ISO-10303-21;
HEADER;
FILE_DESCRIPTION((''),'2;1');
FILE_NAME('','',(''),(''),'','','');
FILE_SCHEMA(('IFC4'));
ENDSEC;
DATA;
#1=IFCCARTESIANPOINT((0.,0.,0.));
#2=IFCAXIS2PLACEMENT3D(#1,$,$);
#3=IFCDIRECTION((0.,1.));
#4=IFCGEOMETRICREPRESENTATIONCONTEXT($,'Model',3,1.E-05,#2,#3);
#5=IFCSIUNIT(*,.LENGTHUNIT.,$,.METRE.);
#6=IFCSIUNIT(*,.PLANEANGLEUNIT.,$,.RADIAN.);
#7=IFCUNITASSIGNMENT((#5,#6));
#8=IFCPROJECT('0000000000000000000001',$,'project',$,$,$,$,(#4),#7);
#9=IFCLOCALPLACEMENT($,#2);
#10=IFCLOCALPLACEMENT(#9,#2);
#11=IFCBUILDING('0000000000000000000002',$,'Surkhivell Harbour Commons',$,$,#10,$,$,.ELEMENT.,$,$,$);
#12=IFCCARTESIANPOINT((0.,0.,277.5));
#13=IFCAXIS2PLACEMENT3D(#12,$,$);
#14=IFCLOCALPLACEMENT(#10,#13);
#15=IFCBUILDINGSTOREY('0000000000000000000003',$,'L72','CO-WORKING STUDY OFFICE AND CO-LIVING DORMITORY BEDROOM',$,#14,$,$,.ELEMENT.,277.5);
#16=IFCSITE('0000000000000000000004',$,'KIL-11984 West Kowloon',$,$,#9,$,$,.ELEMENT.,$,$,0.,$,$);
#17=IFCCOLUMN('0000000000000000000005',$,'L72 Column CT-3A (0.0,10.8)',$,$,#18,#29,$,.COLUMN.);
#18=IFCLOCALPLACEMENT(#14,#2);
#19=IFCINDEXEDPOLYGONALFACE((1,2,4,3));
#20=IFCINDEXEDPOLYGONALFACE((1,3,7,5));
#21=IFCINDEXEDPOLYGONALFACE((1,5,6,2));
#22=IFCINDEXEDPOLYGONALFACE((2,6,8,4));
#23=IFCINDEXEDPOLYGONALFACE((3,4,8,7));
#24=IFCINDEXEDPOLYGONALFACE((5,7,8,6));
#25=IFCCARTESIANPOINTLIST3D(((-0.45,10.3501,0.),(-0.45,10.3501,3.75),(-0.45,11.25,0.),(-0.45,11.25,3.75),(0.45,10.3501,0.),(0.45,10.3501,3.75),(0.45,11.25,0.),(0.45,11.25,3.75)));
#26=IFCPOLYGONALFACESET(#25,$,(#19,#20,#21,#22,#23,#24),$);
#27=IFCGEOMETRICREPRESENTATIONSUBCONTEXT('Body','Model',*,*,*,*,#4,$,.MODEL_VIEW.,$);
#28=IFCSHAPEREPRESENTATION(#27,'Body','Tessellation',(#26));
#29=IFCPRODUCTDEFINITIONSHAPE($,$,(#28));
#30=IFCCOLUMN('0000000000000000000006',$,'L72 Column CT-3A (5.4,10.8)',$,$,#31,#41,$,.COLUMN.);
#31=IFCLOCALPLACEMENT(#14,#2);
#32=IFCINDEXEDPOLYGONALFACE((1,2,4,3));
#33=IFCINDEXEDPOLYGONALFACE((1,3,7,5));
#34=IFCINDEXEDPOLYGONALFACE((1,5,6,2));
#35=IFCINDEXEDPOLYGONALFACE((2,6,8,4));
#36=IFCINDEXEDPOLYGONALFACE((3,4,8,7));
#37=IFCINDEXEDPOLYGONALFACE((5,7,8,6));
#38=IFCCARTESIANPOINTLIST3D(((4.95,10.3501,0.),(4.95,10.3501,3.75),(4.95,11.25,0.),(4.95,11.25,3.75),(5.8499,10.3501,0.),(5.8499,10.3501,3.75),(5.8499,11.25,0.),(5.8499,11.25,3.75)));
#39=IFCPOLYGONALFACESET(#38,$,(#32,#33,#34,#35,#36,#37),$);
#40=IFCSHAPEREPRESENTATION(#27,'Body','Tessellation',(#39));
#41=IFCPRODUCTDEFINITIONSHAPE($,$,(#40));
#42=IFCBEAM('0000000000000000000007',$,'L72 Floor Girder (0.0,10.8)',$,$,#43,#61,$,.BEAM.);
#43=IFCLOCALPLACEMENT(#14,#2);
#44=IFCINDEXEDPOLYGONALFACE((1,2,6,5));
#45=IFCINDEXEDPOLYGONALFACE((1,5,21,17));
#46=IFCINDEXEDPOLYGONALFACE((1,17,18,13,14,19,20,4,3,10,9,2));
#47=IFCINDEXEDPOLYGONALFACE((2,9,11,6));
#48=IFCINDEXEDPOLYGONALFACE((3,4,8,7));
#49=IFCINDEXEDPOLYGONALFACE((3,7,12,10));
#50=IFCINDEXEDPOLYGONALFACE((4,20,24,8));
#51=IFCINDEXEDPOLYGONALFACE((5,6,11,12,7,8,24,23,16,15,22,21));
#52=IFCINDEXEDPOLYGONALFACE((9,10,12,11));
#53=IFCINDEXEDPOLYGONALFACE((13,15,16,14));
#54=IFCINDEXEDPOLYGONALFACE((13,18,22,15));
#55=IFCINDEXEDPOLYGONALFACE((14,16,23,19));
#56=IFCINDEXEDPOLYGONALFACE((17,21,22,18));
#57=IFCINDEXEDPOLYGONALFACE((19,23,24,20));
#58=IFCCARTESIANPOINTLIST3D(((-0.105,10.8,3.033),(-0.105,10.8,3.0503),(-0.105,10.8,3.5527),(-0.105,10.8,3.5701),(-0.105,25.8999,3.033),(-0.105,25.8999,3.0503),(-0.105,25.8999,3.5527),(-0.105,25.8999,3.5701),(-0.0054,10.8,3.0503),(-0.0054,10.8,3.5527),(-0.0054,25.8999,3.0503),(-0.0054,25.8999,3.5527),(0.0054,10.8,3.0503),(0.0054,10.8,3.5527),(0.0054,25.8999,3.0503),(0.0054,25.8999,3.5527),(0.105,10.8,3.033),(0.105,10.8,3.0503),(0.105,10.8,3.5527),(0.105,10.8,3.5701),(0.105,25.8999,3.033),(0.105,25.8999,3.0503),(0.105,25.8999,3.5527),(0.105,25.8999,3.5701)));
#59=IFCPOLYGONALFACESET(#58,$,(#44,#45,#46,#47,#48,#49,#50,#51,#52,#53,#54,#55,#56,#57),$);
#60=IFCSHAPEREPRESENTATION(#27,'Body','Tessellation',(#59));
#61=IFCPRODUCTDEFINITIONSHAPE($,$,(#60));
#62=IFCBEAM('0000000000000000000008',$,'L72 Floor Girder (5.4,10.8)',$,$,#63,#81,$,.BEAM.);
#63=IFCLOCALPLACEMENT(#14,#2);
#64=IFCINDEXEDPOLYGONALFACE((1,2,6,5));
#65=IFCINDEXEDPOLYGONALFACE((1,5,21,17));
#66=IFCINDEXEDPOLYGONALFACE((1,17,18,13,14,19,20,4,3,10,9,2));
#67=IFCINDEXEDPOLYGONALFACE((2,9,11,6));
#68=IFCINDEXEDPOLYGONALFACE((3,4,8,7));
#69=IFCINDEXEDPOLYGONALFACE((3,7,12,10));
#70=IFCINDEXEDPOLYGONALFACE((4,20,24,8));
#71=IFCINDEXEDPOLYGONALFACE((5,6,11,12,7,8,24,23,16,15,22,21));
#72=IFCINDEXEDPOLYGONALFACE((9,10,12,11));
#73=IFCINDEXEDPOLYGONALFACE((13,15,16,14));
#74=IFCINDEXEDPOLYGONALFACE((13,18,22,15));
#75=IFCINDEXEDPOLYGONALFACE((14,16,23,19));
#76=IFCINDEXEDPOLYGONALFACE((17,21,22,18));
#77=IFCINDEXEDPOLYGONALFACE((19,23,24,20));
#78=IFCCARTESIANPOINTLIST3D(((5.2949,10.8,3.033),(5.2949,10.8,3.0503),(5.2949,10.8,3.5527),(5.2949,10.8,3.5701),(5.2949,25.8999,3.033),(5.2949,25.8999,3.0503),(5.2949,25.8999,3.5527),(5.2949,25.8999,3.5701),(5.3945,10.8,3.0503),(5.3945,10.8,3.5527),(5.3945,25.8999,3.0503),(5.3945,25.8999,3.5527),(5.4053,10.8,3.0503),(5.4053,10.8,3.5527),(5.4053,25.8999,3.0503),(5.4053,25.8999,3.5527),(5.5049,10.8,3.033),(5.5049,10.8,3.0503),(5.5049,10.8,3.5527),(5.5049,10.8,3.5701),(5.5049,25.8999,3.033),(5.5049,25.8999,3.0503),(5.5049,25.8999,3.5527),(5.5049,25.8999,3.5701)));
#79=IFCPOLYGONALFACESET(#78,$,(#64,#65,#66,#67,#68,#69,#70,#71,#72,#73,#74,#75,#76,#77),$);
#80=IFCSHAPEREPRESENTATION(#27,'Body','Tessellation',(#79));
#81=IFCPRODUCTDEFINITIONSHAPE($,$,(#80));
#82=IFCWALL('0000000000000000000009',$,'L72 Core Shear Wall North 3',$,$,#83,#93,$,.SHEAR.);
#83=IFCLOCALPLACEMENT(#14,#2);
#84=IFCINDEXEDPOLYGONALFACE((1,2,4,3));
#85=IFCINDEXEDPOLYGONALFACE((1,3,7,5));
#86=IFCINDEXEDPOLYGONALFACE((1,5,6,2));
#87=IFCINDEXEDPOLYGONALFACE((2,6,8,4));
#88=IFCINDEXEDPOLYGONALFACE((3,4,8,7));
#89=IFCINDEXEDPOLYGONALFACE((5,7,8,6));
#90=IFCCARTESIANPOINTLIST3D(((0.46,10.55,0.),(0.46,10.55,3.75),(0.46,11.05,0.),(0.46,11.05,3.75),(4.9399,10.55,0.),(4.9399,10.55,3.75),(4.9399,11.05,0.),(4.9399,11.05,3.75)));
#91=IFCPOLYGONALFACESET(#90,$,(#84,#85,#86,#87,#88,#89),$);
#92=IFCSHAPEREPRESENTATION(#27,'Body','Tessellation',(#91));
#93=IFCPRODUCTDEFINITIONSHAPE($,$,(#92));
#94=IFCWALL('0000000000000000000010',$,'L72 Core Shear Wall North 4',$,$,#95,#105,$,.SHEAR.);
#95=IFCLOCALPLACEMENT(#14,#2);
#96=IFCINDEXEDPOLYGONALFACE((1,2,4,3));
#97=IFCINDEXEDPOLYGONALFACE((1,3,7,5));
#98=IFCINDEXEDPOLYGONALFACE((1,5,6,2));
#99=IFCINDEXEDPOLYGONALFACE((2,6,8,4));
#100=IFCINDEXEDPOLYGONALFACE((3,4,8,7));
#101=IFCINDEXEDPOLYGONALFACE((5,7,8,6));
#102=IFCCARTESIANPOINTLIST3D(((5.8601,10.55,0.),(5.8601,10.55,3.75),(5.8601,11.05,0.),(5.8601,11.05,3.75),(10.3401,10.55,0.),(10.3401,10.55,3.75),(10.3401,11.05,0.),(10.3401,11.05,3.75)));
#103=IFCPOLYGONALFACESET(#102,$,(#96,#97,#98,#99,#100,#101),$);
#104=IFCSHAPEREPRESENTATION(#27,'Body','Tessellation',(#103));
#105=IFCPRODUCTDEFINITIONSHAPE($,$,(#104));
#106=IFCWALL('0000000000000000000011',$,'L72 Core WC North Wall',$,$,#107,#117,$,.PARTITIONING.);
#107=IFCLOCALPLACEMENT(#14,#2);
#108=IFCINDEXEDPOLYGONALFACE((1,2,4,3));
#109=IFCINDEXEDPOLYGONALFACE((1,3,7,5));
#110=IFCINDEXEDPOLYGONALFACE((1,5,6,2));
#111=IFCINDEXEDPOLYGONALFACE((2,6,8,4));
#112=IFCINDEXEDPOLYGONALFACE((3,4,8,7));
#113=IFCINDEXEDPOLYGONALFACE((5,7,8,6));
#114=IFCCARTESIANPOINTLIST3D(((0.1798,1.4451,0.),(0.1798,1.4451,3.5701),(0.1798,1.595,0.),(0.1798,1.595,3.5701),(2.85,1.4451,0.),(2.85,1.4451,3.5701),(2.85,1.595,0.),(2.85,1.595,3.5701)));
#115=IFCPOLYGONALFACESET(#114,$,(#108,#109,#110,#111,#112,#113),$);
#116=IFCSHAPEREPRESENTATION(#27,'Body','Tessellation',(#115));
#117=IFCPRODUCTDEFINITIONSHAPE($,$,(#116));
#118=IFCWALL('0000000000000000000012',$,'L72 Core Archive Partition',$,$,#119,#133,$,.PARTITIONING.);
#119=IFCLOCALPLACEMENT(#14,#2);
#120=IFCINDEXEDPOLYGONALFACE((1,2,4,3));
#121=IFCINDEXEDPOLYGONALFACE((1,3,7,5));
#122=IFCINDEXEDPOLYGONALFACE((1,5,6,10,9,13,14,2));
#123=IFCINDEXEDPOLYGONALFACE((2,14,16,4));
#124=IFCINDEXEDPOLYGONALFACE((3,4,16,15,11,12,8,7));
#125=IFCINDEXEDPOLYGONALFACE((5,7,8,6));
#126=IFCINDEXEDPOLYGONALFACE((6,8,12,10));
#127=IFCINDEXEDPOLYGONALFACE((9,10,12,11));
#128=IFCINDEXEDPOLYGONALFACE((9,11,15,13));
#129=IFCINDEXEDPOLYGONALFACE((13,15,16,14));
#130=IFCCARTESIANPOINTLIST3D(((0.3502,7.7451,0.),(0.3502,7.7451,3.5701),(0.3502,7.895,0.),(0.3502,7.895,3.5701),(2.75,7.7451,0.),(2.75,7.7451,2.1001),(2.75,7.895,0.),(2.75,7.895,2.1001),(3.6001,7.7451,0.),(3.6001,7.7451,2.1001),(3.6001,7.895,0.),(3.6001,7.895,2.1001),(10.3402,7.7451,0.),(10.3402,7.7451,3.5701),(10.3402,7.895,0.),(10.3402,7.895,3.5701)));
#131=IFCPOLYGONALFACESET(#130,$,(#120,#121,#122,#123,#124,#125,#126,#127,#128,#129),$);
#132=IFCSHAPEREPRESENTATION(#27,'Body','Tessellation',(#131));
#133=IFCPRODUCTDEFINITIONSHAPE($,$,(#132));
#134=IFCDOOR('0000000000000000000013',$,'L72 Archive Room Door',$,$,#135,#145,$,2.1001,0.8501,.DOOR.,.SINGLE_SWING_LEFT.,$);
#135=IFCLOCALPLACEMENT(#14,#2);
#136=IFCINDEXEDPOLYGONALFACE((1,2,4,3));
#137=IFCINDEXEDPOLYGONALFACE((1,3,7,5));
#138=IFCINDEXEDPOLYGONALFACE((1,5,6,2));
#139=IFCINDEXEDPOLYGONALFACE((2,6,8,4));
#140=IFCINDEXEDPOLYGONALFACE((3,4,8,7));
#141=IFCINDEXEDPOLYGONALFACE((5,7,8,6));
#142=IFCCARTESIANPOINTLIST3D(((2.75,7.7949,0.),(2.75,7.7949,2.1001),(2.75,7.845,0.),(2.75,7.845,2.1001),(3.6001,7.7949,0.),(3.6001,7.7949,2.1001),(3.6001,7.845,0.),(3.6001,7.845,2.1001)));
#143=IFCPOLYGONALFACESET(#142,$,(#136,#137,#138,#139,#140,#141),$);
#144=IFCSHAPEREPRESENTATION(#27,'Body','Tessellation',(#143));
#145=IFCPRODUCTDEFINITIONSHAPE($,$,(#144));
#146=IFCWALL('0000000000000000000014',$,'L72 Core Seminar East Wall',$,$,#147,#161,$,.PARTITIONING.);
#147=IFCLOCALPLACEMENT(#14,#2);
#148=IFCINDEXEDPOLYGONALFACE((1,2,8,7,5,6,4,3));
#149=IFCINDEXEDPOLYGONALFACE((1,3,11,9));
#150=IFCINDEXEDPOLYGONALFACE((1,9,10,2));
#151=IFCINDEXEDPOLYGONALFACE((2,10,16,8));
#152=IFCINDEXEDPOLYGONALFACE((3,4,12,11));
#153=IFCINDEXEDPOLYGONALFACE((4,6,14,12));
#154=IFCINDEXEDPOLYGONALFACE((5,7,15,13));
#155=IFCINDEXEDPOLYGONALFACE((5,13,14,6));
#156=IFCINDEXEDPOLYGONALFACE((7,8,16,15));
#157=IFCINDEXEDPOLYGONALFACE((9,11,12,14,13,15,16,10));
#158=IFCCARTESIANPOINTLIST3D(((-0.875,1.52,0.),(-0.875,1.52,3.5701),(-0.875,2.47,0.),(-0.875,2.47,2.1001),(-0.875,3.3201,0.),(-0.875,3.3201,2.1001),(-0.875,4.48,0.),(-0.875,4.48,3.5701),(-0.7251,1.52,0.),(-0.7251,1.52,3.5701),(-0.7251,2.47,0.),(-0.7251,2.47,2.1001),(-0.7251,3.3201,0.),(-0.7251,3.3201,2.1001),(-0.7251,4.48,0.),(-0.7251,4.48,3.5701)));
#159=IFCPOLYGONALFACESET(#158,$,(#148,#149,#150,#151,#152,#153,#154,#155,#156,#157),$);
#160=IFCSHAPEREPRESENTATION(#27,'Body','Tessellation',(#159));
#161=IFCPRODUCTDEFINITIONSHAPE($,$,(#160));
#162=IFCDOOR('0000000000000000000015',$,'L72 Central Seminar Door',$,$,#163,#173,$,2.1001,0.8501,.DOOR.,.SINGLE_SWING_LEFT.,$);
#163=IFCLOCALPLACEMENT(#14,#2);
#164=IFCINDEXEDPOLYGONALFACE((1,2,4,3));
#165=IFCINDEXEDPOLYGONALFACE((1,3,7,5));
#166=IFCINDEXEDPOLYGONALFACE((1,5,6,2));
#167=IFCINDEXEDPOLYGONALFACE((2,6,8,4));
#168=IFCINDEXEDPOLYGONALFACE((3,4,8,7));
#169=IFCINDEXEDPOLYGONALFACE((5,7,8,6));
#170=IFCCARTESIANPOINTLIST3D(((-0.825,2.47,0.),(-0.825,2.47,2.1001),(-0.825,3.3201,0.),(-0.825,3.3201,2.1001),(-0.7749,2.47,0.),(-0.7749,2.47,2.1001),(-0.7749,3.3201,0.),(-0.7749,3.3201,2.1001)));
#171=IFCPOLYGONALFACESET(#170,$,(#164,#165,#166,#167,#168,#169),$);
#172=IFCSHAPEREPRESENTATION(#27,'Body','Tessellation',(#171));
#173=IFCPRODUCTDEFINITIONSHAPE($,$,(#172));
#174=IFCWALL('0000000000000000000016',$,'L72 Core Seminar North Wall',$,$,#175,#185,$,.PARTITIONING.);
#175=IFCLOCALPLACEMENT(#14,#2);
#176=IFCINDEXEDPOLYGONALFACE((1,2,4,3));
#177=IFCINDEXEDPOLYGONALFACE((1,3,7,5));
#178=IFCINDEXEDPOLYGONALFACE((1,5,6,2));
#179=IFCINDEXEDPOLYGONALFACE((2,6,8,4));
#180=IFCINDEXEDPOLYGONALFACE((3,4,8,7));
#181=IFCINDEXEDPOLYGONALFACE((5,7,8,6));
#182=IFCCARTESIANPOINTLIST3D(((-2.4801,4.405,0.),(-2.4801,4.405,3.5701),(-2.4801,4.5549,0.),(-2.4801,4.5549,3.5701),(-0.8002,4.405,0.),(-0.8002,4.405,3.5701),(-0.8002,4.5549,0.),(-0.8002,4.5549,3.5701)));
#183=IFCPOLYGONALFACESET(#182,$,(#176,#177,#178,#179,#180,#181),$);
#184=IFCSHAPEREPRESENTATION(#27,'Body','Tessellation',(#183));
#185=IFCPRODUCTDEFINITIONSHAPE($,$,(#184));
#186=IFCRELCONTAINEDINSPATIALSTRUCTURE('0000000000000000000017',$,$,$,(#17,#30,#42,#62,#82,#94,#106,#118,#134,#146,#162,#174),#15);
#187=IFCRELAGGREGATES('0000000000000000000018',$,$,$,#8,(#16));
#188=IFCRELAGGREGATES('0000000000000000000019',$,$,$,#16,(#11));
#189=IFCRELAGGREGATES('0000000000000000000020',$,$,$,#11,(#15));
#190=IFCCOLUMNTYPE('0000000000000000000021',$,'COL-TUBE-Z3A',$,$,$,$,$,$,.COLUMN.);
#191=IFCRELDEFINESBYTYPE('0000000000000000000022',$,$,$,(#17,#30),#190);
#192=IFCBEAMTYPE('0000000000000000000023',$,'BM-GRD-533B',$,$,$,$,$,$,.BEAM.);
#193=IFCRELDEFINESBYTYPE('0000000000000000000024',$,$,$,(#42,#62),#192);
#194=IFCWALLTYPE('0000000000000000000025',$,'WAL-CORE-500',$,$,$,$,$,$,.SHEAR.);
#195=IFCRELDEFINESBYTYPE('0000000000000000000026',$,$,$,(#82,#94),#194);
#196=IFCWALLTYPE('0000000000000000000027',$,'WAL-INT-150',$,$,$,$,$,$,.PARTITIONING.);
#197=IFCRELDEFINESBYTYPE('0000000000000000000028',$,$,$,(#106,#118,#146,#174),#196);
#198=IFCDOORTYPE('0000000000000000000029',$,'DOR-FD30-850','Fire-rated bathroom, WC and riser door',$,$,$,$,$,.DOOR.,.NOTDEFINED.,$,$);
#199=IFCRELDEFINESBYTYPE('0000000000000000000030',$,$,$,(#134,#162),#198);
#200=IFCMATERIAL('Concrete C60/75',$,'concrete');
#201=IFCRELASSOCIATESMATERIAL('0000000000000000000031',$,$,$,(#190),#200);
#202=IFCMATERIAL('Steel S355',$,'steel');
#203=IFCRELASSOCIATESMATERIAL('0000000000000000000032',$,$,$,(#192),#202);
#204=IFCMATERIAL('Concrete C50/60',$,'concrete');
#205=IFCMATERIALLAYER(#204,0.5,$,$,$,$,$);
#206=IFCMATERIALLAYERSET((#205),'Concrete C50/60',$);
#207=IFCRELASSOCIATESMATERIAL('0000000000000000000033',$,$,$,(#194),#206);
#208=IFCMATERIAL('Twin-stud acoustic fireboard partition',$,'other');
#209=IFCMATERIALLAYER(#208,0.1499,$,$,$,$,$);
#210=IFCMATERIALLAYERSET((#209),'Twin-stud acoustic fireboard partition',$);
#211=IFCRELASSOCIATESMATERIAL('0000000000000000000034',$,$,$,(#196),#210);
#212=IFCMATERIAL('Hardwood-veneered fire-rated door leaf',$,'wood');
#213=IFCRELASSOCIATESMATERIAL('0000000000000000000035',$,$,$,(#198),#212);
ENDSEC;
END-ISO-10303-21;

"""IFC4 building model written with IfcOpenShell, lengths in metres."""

from ifc_helpers import new_model, si_unit, direction, frame, frame_2d, origin, origin_2d, place, context, subcontext, project, spatial, rectangle, i_section, extrude, material, layer, layer_set, material_profile, profile_set, type_object, element, fill, save


model = new_model("IFC4")

# Units and contexts
model_context = context("Model", 3, precision=1e-05, world=origin(), true_north=direction((0.0, 1.0)))
body_context = subcontext(model_context, "Body", "Model", "MODEL_VIEW")
ifc_project = project(units=[si_unit("LENGTHUNIT", "METRE"), si_unit("PLANEANGLEUNIT", "RADIAN")], contexts=[model_context])

# Site, building, storey
site_placement = place(None, origin())
site = spatial("IfcSite", under=ifc_project, at=site_placement, Name="KIL-11984 West Kowloon", CompositionType="ELEMENT", RefElevation=0.0)
building_placement = place(site_placement, origin())
building = spatial("IfcBuilding", under=site, at=building_placement, Name="Surkhivell Harbour Commons", CompositionType="ELEMENT")
storey_placement = place(building_placement, frame((0.0, 0.0, 277.5)))
storey = spatial("IfcBuildingStorey", under=building, at=storey_placement, Name="L72", Description="CO-WORKING STUDY OFFICE AND CO-LIVING DORMITORY BEDROOM", CompositionType="ELEMENT", Elevation=277.5)

# Columns
ifc_material_1 = material(Name="Concrete C60/75", Category="concrete")
ifc_material_profile_1 = material_profile(ifc_material_1, rectangle(XDim=0.8999, YDim=0.8999, at=origin_2d()), Name="RC-COL-900x900")
ifc_profile_set_1 = profile_set([ifc_material_profile_1], Name="Concrete C60/75")
column_type = type_object("IfcColumnType", Name="COL-TUBE-Z3A", PredefinedType="COLUMN", material=ifc_profile_set_1)
for number, where, z_axis, x_axis, name in (
    (1, (0.0, 10.8, 0.0), (0.0, 0.0, 1.0), (1.0, 0.0, 0.0), "L72 Column CT-3A (0.0,10.8)"),
    (2, (5.3999, 10.8, 0.0), (0.0, 0.0, 1.0), (1.0, 0.0, 0.0), "L72 Column CT-3A (5.4,10.8)"),
):
    element("IfcColumn", number, at=place(storey_placement, frame(where, z_axis=z_axis, x_axis=x_axis)), inside=storey, type_object=column_type, Name=name, PredefinedType="COLUMN", context=body_context, shape_type="SweptSolid", body=[
        extrude(rectangle(XDim=0.8999, YDim=0.8999, at=origin_2d()), origin(), (0.0, 0.0, 1.0), 3.75),
    ])

# Beams
ifc_material_2 = material(Name="Steel S355", Category="steel")
ifc_material_profile_2 = material_profile(ifc_material_2, i_section(OverallWidth=0.21, OverallDepth=0.5371, WebThickness=0.0107, FlangeThickness=0.0173, at=origin_2d()), Name="UB533x210x101")
ifc_profile_set_2 = profile_set([ifc_material_profile_2], Name="Steel S355")
beam_type = type_object("IfcBeamType", Name="BM-GRD-533B", PredefinedType="BEAM", material=ifc_profile_set_2)
for number, where, z_axis, x_axis, name in (
    (3, (0.0, 10.8, 3.3015), (0.0, 1.0, 0.0), (-1.0, 0.0, 0.0), "L72 Floor Girder (0.0,10.8)"),
    (4, (5.3999, 10.8, 3.3015), (0.0, 1.0, 0.0), (-1.0, 0.0, 0.0), "L72 Floor Girder (5.4,10.8)"),
):
    element("IfcBeam", number, at=place(storey_placement, frame(where, z_axis=z_axis, x_axis=x_axis)), inside=storey, type_object=beam_type, Name=name, PredefinedType="BEAM", context=body_context, shape_type="SweptSolid", body=[
        extrude(i_section(OverallWidth=0.21, OverallDepth=0.5371, WebThickness=0.0107, FlangeThickness=0.0173, at=origin_2d()), origin(), (0.0, 0.0, 1.0), 15.0999),
    ])

# Walls
ifc_material_3 = material(Name="Concrete C50/60", Category="concrete")
ifc_layer_1 = layer(ifc_material_3, 0.5)
ifc_layer_set_1 = layer_set([ifc_layer_1], Name="Concrete C50/60")
wall_type_1 = type_object("IfcWallType", Name="WAL-CORE-500", PredefinedType="SHEAR", material=ifc_layer_set_1)
for number, where, z_axis, x_axis, name in (
    (5, (0.46, 10.8, 0.0), (0.0, 0.0, 1.0), (1.0, 0.0, 0.0), "L72 Core Shear Wall North 3"),
    (6, (5.8601, 10.8, 0.0), (0.0, 0.0, 1.0), (1.0, 0.0, 0.0), "L72 Core Shear Wall North 4"),
):
    element("IfcWall", number, at=place(storey_placement, frame(where, z_axis=z_axis, x_axis=x_axis)), inside=storey, type_object=wall_type_1, Name=name, PredefinedType="SHEAR", context=body_context, shape_type="SweptSolid", body=[
        extrude(rectangle(XDim=4.48, YDim=0.5, at=frame_2d((2.24, 0.0))), origin(), (0.0, 0.0, 1.0), 3.75),
    ])
ifc_material_4 = material(Name="Twin-stud acoustic fireboard partition", Category="other")
ifc_layer_2 = layer(ifc_material_4, 0.1499)
ifc_layer_set_2 = layer_set([ifc_layer_2], Name="Twin-stud acoustic fireboard partition")
wall_type_2 = type_object("IfcWallType", Name="WAL-INT-150", PredefinedType="PARTITIONING", material=ifc_layer_set_2)
wall_1_placement = place(storey_placement, frame((0.1799, 1.52, 0.0), z_axis=(0.0, 0.0, 1.0), x_axis=(1.0, 0.0, 0.0)))
element("IfcWall", 7, at=wall_1_placement, inside=storey, type_object=wall_type_2, Name="L72 Core WC North Wall", PredefinedType="PARTITIONING", context=body_context, shape_type="SweptSolid", body=[
    extrude(rectangle(XDim=2.6702, YDim=0.1499, at=frame_2d((1.335, 0.0))), origin(), (0.0, 0.0, 1.0), 3.5701),
])

# Walls, openings, doors
wall_2_placement = place(storey_placement, frame((0.3501, 7.8201, 0.0), z_axis=(0.0, 0.0, 1.0), x_axis=(1.0, 0.0, 0.0)))
wall_2 = element("IfcWall", 8, at=wall_2_placement, inside=storey, type_object=wall_type_2, Name="L72 Core Archive Partition", PredefinedType="PARTITIONING", context=body_context, shape_type="SweptSolid", body=[
    extrude(rectangle(XDim=9.99, YDim=0.1499, at=frame_2d((4.9951, 0.0))), origin(), (0.0, 0.0, 1.0), 3.5701),
])
opening_1_placement = place(wall_2_placement, frame((2.3999, 0.0, 0.0)))
opening_1 = element("IfcOpeningElement", 9, at=opening_1_placement, cuts=wall_2, PredefinedType="OPENING", context=body_context, shape_type="SweptSolid", body=[
    extrude(rectangle(XDim=0.8501, YDim=2.1001, at=frame_2d((0.425, 1.05))), frame((0.0, 0.085, 0.0), z_axis=(0.0, -1.0, 0.0), x_axis=(1.0, 0.0, 0.0)), (0.0, 0.0, 1.0), 0.1699),
])
ifc_material_5 = material(Name="Hardwood-veneered fire-rated door leaf", Category="wood")
door_type_1 = type_object("IfcDoorType", Name="DOR-FD30-850", Description="Fire-rated bathroom, WC and riser door", OperationType="NOTDEFINED", PredefinedType="DOOR", material=ifc_material_5)
door_1_placement = place(opening_1_placement, origin())
door_1 = element("IfcDoor", 10, at=door_1_placement, inside=storey, type_object=door_type_1, Name="L72 Archive Room Door", OperationType="SINGLE_SWING_LEFT", OverallHeight=2.1001, OverallWidth=0.8501, PredefinedType="DOOR", context=body_context, shape_type="SweptSolid", body=[
    extrude(rectangle(XDim=0.8501, YDim=2.1001, at=frame_2d((0.425, 1.05))), frame((0.0, 0.0249, 0.0), z_axis=(0.0, -1.0, 0.0), x_axis=(1.0, 0.0, 0.0)), (0.0, 0.0, 1.0), 0.05),
])
fill(opening_1, door_1)
wall_3_placement = place(storey_placement, frame((-0.8, 1.52, 0.0), z_axis=(0.0, 0.0, 1.0), x_axis=(0.0, 1.0, 0.0)))
wall_3 = element("IfcWall", 11, at=wall_3_placement, inside=storey, type_object=wall_type_2, Name="L72 Core Seminar East Wall", PredefinedType="PARTITIONING", context=body_context, shape_type="SweptSolid", body=[
    extrude(rectangle(XDim=2.96, YDim=0.1499, at=frame_2d((1.48, 0.0))), origin(), (0.0, 0.0, 1.0), 3.5701),
])
opening_2_placement = place(wall_3_placement, frame((0.95, 0.0, 0.0)))
opening_2 = element("IfcOpeningElement", 12, at=opening_2_placement, cuts=wall_3, PredefinedType="OPENING", context=body_context, shape_type="SweptSolid", body=[
    extrude(rectangle(XDim=0.8501, YDim=2.1001, at=frame_2d((0.425, 1.05))), frame((0.0, 0.085, 0.0), z_axis=(0.0, -1.0, 0.0), x_axis=(1.0, 0.0, 0.0)), (0.0, 0.0, 1.0), 0.1699),
])
door_2_placement = place(opening_2_placement, origin())
door_2 = element("IfcDoor", 13, at=door_2_placement, inside=storey, type_object=door_type_1, Name="L72 Central Seminar Door", OperationType="SINGLE_SWING_LEFT", OverallHeight=2.1001, OverallWidth=0.8501, PredefinedType="DOOR", context=body_context, shape_type="SweptSolid", body=[
    extrude(rectangle(XDim=0.8501, YDim=2.1001, at=frame_2d((0.425, 1.05))), frame((0.0, 0.0249, 0.0), z_axis=(0.0, -1.0, 0.0), x_axis=(1.0, 0.0, 0.0)), (0.0, 0.0, 1.0), 0.05),
])
fill(opening_2, door_2)

# Wall
for number, where, z_axis, x_axis, name in (
    (14, (-2.48, 4.48, 0.0), (0.0, 0.0, 1.0), (1.0, 0.0, 0.0), "L72 Core Seminar North Wall"),
):
    element("IfcWall", number, at=place(storey_placement, frame(where, z_axis=z_axis, x_axis=x_axis)), inside=storey, type_object=wall_type_2, Name=name, PredefinedType="PARTITIONING", context=body_context, shape_type="SweptSolid", body=[
        extrude(rectangle(XDim=1.6799, YDim=0.1499, at=frame_2d((0.8398, 0.0))), origin(), (0.0, 0.0, 1.0), 3.5701),
    ])

save(model, "model.ifc")
